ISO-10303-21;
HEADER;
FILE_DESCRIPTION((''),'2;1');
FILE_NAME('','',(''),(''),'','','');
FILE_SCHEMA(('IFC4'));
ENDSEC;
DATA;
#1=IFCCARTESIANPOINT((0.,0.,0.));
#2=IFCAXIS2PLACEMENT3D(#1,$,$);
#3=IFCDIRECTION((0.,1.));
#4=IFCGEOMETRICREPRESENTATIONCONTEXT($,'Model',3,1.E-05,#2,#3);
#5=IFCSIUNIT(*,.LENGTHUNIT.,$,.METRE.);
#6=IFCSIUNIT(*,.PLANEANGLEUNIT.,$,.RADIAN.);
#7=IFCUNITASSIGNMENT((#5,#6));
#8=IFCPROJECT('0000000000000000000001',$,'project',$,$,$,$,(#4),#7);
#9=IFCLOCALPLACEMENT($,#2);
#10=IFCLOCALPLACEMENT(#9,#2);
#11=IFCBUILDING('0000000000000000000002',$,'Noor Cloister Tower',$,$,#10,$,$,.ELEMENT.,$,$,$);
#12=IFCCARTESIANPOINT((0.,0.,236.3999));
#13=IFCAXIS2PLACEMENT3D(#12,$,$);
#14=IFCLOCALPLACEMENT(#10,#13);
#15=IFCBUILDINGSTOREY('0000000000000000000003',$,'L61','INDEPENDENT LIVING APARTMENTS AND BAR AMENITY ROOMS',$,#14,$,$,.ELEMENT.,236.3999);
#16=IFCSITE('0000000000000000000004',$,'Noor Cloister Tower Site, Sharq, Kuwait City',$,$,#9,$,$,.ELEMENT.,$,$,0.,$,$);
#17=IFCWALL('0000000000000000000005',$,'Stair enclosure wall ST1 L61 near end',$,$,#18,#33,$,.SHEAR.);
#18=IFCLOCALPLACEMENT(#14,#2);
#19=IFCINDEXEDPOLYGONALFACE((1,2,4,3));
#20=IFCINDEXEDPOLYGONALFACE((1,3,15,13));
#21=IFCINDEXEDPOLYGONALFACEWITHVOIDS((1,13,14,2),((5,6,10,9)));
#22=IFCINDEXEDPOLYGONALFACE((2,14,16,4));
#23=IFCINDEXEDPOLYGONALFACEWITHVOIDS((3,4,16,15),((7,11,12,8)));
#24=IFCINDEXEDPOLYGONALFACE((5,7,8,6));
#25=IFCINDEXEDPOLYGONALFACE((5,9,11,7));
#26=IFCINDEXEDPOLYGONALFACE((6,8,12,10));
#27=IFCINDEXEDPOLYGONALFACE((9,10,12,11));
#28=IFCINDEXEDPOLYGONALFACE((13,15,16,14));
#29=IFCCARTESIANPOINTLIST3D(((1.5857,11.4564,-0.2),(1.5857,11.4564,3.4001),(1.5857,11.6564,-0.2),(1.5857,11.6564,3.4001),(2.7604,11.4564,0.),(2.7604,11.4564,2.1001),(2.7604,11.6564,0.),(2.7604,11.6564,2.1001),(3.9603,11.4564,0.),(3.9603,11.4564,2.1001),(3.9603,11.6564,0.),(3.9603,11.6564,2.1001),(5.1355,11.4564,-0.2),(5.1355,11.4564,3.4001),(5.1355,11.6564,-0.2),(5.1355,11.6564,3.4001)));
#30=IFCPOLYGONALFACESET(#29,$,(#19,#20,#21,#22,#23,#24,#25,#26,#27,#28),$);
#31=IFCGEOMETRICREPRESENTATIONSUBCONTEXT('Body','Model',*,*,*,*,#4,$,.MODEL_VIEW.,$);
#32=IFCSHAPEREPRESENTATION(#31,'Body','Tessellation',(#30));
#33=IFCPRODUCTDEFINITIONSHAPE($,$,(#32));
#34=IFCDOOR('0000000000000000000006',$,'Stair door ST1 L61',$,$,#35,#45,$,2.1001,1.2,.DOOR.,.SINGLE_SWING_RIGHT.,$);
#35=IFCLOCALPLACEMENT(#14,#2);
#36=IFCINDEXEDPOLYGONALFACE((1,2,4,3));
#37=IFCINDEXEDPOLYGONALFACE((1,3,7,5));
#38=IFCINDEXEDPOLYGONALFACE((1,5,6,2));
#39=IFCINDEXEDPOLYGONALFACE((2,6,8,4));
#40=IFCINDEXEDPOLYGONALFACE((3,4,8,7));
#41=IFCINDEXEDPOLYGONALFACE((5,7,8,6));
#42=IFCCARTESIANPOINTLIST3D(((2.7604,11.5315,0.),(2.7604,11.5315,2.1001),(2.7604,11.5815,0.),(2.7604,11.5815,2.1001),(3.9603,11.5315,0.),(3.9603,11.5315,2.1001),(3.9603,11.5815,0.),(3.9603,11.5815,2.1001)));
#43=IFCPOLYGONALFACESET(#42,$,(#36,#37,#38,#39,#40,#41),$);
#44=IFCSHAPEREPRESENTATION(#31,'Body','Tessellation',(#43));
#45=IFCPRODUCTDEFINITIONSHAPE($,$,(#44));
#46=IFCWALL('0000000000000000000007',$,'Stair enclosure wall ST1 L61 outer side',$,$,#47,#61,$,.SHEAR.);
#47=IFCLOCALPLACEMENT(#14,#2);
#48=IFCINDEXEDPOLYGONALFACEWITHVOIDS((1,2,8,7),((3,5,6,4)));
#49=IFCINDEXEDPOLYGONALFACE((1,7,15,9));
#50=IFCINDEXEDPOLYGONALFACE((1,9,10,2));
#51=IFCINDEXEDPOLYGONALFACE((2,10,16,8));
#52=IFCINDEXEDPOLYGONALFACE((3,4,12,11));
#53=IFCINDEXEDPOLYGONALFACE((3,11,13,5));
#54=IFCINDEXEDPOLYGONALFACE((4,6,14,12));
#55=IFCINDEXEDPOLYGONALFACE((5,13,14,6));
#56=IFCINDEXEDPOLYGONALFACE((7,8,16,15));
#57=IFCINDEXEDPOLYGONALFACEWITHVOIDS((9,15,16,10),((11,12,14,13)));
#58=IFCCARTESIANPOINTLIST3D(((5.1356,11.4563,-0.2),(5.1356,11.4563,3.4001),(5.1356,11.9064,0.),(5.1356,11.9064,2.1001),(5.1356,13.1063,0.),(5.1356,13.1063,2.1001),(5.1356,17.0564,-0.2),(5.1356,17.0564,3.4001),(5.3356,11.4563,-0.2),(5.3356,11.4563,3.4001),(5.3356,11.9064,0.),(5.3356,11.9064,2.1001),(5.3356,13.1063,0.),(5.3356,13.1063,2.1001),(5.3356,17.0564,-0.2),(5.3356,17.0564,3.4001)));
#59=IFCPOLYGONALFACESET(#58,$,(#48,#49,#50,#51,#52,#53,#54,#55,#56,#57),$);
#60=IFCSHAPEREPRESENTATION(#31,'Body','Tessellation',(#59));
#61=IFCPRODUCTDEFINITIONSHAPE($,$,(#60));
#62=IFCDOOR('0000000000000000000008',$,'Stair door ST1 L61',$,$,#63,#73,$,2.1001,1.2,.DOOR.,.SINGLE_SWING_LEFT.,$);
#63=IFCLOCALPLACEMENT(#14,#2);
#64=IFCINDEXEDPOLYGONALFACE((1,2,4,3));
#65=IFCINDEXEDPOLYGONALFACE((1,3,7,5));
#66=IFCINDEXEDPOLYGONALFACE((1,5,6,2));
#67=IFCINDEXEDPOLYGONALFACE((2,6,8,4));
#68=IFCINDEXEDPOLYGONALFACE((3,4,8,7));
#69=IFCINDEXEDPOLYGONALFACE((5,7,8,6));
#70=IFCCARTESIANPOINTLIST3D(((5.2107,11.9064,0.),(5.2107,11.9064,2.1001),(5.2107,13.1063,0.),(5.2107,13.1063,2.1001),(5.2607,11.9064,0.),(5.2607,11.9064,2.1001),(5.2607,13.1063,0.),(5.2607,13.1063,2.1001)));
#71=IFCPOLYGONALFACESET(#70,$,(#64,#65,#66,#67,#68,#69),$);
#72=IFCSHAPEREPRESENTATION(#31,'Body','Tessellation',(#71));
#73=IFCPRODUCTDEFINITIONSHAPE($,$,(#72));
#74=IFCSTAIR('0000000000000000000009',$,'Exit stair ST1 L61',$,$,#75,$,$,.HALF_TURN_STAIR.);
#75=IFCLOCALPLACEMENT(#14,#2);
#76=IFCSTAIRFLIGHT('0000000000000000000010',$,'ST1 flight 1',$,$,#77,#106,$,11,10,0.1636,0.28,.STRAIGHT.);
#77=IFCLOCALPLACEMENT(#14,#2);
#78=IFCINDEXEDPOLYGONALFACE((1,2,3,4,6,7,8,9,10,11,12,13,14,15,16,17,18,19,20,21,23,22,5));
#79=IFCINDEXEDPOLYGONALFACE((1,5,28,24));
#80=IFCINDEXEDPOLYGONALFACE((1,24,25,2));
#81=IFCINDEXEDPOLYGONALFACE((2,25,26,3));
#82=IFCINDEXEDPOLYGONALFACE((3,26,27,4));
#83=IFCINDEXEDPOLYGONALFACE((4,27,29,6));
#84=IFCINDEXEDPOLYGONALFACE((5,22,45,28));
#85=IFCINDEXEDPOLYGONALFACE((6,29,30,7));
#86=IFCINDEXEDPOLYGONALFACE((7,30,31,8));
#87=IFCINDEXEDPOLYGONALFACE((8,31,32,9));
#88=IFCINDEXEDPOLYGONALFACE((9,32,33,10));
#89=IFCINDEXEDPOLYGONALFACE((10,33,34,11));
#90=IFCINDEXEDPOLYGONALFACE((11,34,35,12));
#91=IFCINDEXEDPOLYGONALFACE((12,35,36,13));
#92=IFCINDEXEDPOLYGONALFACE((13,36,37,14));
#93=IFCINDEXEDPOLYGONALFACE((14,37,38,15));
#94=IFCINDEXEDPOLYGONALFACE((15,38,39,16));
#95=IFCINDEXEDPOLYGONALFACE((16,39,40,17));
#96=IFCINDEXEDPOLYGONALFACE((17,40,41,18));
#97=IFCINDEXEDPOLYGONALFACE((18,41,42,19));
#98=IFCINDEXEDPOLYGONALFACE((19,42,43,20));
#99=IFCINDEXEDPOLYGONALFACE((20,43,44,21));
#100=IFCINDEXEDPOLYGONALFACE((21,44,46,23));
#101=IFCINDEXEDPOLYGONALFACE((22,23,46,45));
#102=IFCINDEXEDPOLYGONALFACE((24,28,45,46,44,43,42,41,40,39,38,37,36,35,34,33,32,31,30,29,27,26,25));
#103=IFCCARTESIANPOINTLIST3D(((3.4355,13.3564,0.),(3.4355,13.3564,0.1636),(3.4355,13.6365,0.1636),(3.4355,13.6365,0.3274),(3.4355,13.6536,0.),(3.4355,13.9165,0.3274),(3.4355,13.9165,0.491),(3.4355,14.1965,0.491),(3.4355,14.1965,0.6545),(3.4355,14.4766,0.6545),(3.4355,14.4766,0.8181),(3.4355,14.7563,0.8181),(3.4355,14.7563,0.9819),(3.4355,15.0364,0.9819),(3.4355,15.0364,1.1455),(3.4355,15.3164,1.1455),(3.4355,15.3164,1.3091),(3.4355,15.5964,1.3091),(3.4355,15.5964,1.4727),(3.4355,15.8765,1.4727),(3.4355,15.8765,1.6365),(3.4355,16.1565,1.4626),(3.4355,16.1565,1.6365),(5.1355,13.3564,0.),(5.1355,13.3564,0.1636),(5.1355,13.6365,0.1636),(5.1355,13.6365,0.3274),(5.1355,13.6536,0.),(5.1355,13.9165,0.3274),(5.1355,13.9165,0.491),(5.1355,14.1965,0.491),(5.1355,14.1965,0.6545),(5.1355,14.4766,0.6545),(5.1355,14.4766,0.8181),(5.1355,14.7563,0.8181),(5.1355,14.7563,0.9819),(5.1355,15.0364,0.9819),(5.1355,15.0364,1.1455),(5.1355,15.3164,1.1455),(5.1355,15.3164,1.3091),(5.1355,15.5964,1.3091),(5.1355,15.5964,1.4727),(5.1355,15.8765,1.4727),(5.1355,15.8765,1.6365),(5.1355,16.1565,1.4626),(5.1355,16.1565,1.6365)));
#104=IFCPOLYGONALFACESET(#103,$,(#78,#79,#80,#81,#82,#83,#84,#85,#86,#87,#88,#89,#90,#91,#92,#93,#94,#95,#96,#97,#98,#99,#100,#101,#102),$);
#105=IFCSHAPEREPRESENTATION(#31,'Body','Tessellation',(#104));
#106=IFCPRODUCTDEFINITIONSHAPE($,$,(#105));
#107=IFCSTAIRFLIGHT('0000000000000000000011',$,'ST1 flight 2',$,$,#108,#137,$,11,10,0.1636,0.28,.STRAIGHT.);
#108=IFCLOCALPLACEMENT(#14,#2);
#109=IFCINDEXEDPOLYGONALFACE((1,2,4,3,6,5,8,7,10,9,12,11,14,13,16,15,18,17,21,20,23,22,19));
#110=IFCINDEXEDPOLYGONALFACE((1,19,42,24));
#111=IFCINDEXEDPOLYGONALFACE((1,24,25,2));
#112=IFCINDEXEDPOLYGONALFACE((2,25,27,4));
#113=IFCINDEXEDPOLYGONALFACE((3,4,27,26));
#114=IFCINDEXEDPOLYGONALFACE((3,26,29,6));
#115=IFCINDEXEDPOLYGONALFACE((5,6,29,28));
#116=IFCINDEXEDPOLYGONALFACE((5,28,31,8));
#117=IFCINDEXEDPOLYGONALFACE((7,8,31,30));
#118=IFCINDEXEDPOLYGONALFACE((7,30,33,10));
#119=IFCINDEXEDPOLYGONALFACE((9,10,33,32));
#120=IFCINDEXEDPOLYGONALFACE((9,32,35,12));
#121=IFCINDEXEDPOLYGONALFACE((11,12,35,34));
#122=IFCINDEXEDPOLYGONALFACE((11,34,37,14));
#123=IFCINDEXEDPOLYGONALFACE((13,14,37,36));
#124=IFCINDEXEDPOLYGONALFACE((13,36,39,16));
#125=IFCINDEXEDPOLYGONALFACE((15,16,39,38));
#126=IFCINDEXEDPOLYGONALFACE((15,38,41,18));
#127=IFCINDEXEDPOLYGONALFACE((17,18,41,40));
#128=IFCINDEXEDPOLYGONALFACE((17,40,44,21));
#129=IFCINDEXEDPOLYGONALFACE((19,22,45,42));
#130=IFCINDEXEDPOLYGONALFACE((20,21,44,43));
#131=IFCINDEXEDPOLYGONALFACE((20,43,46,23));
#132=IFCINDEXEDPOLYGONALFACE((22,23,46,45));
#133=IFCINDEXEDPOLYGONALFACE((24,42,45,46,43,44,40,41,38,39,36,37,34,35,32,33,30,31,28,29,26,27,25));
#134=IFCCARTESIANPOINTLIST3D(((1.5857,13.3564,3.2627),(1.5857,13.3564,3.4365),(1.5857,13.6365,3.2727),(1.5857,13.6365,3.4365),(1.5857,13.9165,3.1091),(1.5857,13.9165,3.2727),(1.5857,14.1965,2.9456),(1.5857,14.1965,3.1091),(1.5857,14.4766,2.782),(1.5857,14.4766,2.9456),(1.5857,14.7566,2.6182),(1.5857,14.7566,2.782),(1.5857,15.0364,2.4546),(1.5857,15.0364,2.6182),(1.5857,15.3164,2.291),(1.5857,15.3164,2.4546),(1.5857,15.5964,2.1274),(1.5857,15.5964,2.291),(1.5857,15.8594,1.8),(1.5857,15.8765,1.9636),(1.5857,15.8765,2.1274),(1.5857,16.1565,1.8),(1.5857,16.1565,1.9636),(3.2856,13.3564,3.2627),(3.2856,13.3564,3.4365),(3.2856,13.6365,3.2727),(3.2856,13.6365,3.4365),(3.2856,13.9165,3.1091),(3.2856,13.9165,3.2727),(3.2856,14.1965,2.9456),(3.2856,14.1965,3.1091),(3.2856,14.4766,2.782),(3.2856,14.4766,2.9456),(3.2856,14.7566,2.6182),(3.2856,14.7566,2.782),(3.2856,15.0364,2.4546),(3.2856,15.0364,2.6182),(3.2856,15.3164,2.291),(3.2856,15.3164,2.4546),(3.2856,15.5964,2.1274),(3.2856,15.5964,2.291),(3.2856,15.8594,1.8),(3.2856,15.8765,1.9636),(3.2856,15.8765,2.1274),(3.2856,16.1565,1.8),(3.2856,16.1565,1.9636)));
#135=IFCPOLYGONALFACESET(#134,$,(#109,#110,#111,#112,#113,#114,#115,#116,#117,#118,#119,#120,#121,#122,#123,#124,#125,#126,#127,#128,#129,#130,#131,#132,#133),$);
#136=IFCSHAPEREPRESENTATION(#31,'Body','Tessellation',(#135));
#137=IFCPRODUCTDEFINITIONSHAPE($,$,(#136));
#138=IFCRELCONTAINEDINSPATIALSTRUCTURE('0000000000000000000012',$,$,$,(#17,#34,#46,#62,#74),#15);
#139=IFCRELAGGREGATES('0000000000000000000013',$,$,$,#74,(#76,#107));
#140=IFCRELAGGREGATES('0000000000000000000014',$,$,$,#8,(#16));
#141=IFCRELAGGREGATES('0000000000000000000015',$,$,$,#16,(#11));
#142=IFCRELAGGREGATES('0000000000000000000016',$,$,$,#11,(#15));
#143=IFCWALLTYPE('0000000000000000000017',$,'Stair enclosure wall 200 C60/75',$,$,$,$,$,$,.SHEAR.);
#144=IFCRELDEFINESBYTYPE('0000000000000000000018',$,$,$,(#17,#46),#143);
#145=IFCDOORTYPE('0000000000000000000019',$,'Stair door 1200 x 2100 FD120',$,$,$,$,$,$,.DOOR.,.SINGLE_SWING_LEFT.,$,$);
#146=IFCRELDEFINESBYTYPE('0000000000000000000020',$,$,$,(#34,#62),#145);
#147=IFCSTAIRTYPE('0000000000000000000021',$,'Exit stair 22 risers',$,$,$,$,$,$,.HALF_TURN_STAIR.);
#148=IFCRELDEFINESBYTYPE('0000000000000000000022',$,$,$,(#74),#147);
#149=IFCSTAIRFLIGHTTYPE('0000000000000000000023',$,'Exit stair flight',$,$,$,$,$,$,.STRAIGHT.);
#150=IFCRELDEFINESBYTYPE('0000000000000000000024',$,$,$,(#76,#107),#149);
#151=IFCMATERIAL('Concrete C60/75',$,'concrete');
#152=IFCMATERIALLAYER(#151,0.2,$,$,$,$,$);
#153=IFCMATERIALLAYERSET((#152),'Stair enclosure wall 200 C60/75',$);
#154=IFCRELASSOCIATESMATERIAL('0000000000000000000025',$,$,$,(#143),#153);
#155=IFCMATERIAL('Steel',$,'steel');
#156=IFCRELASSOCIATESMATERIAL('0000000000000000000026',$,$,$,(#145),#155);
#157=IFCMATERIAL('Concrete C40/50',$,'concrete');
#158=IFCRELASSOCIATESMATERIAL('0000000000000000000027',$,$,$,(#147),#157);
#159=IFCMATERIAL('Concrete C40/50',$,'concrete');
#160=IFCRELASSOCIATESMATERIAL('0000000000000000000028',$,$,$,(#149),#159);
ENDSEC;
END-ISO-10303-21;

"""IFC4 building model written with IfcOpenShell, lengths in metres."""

from ifc_helpers import new_model, si_unit, direction, frame, frame_2d, origin, place, context, subcontext, project, spatial, polyline, rectangle, outline, extrude, material, layer, layer_set, type_object, element, fill, aggregate, save


model = new_model("IFC4")

# Units and contexts
model_context = context("Model", 3, precision=1e-05, world=origin(), true_north=direction((0.0, 1.0)))
body_context = subcontext(model_context, "Body", "Model", "MODEL_VIEW")
ifc_project = project(units=[si_unit("LENGTHUNIT", "METRE"), si_unit("PLANEANGLEUNIT", "RADIAN")], contexts=[model_context])

# Site, building, storey
site_placement = place(None, origin())
site = spatial("IfcSite", under=ifc_project, at=site_placement, Name="Noor Cloister Tower Site, Sharq, Kuwait City", CompositionType="ELEMENT", RefElevation=0.0)
building_placement = place(site_placement, origin())
building = spatial("IfcBuilding", under=site, at=building_placement, Name="Noor Cloister Tower", CompositionType="ELEMENT")
storey_placement = place(building_placement, frame((0.0, 0.0, 236.3999)))
storey = spatial("IfcBuildingStorey", under=building, at=storey_placement, Name="L61", Description="INDEPENDENT LIVING APARTMENTS AND BAR AMENITY ROOMS", CompositionType="ELEMENT", Elevation=236.3999)

# Walls, openings, doors
ifc_material_1 = material(Name="Concrete C60/75", Category="concrete")
ifc_layer_1 = layer(ifc_material_1, 0.2)
ifc_layer_set_1 = layer_set([ifc_layer_1], Name="Stair enclosure wall 200 C60/75")
wall_type_1 = type_object("IfcWallType", Name="Stair enclosure wall 200 C60/75", PredefinedType="SHEAR", material=ifc_layer_set_1)
wall_1_placement = place(storey_placement, frame((5.1355, 11.5564, -0.2), z_axis=(0.0, 0.0, 1.0), x_axis=(-1.0, 0.0, 0.0)))
wall_1 = element("IfcWall", 1, at=wall_1_placement, inside=storey, type_object=wall_type_1, Name="Stair enclosure wall ST1 L61 near end", PredefinedType="SHEAR", context=body_context, shape_type="SweptSolid", body=[
    extrude(rectangle(XDim=3.5498, YDim=0.2, at=frame_2d((1.7749, 0.0))), origin(), (0.0, 0.0, 1.0), 3.6001),
])
opening_1_placement = place(wall_1_placement, frame((1.175, 0.0, 0.2)))
opening_1 = element("IfcOpeningElement", 2, at=opening_1_placement, cuts=wall_1, PredefinedType="OPENING", context=body_context, shape_type="SweptSolid", body=[
    extrude(rectangle(XDim=1.2, YDim=2.1001, at=frame_2d((0.6001, 1.05))), frame((0.0, 0.1099, 0.0), z_axis=(0.0, -1.0, 0.0), x_axis=(1.0, 0.0, 0.0)), (0.0, 0.0, 1.0), 0.22),
])
ifc_material_2 = material(Name="Steel", Category="steel")
door_type_1 = type_object("IfcDoorType", Name="Stair door 1200 x 2100 FD120", OperationType="SINGLE_SWING_LEFT", PredefinedType="DOOR", material=ifc_material_2)
door_1_placement = place(opening_1_placement, origin())
door_1 = element("IfcDoor", 3, at=door_1_placement, inside=storey, type_object=door_type_1, Name="Stair door ST1 L61", OperationType="SINGLE_SWING_RIGHT", OverallHeight=2.1001, OverallWidth=1.2, PredefinedType="DOOR", context=body_context, shape_type="SweptSolid", body=[
    extrude(rectangle(XDim=1.2, YDim=2.1001, at=frame_2d((0.6001, 1.05))), frame((0.0, 0.0249, 0.0), z_axis=(0.0, -1.0, 0.0), x_axis=(1.0, 0.0, 0.0)), (0.0, 0.0, 1.0), 0.05),
])
fill(opening_1, door_1)
wall_2_placement = place(storey_placement, frame((5.2356, 11.4563, -0.2), z_axis=(0.0, 0.0, 1.0), x_axis=(0.0, 1.0, 0.0)))
wall_2 = element("IfcWall", 4, at=wall_2_placement, inside=storey, type_object=wall_type_1, Name="Stair enclosure wall ST1 L61 outer side", PredefinedType="SHEAR", context=body_context, shape_type="SweptSolid", body=[
    extrude(rectangle(XDim=5.6001, YDim=0.2, at=frame_2d((2.8, 0.0))), origin(), (0.0, 0.0, 1.0), 3.6001),
])
opening_2_placement = place(wall_2_placement, frame((0.45, 0.0, 0.2)))
opening_2 = element("IfcOpeningElement", 5, at=opening_2_placement, cuts=wall_2, PredefinedType="OPENING", context=body_context, shape_type="SweptSolid", body=[
    extrude(rectangle(XDim=1.2, YDim=2.1001, at=frame_2d((0.6001, 1.05))), frame((0.0, 0.1099, 0.0), z_axis=(0.0, -1.0, 0.0), x_axis=(1.0, 0.0, 0.0)), (0.0, 0.0, 1.0), 0.22),
])
door_2_placement = place(opening_2_placement, origin())
door_2 = element("IfcDoor", 6, at=door_2_placement, inside=storey, type_object=door_type_1, Name="Stair door ST1 L61", OperationType="SINGLE_SWING_LEFT", OverallHeight=2.1001, OverallWidth=1.2, PredefinedType="DOOR", context=body_context, shape_type="SweptSolid", body=[
    extrude(rectangle(XDim=1.2, YDim=2.1001, at=frame_2d((0.6001, 1.05))), frame((0.0, 0.0249, 0.0), z_axis=(0.0, -1.0, 0.0), x_axis=(1.0, 0.0, 0.0)), (0.0, 0.0, 1.0), 0.05),
])
fill(opening_2, door_2)

# Stair, stair flights
ifc_material_3 = material(Name="Concrete C40/50", Category="concrete")
stair_type = type_object("IfcStairType", Name="Exit stair 22 risers", PredefinedType="HALF_TURN_STAIR", material=ifc_material_3)
stair_placement = place(storey_placement, origin())
stair = element("IfcStair", 7, at=stair_placement, inside=storey, type_object=stair_type, Name="Exit stair ST1 L61", PredefinedType="HALF_TURN_STAIR")
ifc_material_4 = material(Name="Concrete C40/50", Category="concrete")
stair_flight_type = type_object("IfcStairFlightType", Name="Exit stair flight", PredefinedType="STRAIGHT", material=ifc_material_4)
stair_flight_1_placement = place(storey_placement, frame((4.2856, 13.3564, 0.0), z_axis=(0.0, 0.0, 1.0), x_axis=(0.0, 1.0, 0.0)))
stair_flight_1 = element("IfcStairFlight", 8, at=stair_flight_1_placement, type_object=stair_flight_type, Name="ST1 flight 1", NumberOfRisers=11, NumberOfTreads=10, PredefinedType="STRAIGHT", RiserHeight=0.1636, TreadLength=0.28, context=body_context, shape_type="SweptSolid", body=[
    extrude(outline(polyline([(0.0, 0.0), (0.0, 0.1636), (0.28, 0.1636), (0.28, 0.3274), (0.5601, 0.3274), (0.5601, 0.491), (0.8401, 0.491), (0.8401, 0.6545), (1.1201, 0.6545), (1.1201, 0.8181), (1.3999, 0.8181), (1.3999, 0.9819), (1.6799, 0.9819), (1.6799, 1.1455), (1.96, 1.1455), (1.96, 1.3091), (2.24, 1.3091), (2.24, 1.4727), (2.52, 1.4727), (2.52, 1.6365), (2.8, 1.6365), (2.8, 1.8), (2.8, 1.4626), (0.2971, 0.0), (0.0, 0.0)])), frame((0.0, 0.8501, 0.0), z_axis=(0.0, -1.0, 0.0), x_axis=(1.0, 0.0, 0.0)), (0.0, 0.0, 1.0), 1.7),
])
stair_flight_2_placement = place(storey_placement, frame((2.4355, 16.1565, 1.8), z_axis=(0.0, 0.0, 1.0), x_axis=(0.0, -1.0, 0.0)))
stair_flight_2 = element("IfcStairFlight", 9, at=stair_flight_2_placement, type_object=stair_flight_type, Name="ST1 flight 2", NumberOfRisers=11, NumberOfTreads=10, PredefinedType="STRAIGHT", RiserHeight=0.1636, TreadLength=0.28, context=body_context, shape_type="SweptSolid", body=[
    extrude(outline(polyline([(0.0, 0.0), (0.0, 0.1636), (0.28, 0.1636), (0.28, 0.3274), (0.5601, 0.3274), (0.5601, 0.491), (0.8401, 0.491), (0.8401, 0.6545), (1.1201, 0.6545), (1.1201, 0.8181), (1.3999, 0.8181), (1.3999, 0.9819), (1.6799, 0.9819), (1.6799, 1.1455), (1.96, 1.1455), (1.96, 1.3091), (2.24, 1.3091), (2.24, 1.4727), (2.52, 1.4727), (2.52, 1.6365), (2.8, 1.6365), (2.8, 1.8), (2.8, 1.4626), (0.2971, 0.0), (0.0, 0.0)])), frame((0.0, 0.8501, 0.0), z_axis=(0.0, -1.0, 0.0), x_axis=(1.0, 0.0, 0.0)), (0.0, 0.0, 1.0), 1.7),
])
aggregate(stair, [stair_flight_1, stair_flight_2])

save(model, "model.ifc")
